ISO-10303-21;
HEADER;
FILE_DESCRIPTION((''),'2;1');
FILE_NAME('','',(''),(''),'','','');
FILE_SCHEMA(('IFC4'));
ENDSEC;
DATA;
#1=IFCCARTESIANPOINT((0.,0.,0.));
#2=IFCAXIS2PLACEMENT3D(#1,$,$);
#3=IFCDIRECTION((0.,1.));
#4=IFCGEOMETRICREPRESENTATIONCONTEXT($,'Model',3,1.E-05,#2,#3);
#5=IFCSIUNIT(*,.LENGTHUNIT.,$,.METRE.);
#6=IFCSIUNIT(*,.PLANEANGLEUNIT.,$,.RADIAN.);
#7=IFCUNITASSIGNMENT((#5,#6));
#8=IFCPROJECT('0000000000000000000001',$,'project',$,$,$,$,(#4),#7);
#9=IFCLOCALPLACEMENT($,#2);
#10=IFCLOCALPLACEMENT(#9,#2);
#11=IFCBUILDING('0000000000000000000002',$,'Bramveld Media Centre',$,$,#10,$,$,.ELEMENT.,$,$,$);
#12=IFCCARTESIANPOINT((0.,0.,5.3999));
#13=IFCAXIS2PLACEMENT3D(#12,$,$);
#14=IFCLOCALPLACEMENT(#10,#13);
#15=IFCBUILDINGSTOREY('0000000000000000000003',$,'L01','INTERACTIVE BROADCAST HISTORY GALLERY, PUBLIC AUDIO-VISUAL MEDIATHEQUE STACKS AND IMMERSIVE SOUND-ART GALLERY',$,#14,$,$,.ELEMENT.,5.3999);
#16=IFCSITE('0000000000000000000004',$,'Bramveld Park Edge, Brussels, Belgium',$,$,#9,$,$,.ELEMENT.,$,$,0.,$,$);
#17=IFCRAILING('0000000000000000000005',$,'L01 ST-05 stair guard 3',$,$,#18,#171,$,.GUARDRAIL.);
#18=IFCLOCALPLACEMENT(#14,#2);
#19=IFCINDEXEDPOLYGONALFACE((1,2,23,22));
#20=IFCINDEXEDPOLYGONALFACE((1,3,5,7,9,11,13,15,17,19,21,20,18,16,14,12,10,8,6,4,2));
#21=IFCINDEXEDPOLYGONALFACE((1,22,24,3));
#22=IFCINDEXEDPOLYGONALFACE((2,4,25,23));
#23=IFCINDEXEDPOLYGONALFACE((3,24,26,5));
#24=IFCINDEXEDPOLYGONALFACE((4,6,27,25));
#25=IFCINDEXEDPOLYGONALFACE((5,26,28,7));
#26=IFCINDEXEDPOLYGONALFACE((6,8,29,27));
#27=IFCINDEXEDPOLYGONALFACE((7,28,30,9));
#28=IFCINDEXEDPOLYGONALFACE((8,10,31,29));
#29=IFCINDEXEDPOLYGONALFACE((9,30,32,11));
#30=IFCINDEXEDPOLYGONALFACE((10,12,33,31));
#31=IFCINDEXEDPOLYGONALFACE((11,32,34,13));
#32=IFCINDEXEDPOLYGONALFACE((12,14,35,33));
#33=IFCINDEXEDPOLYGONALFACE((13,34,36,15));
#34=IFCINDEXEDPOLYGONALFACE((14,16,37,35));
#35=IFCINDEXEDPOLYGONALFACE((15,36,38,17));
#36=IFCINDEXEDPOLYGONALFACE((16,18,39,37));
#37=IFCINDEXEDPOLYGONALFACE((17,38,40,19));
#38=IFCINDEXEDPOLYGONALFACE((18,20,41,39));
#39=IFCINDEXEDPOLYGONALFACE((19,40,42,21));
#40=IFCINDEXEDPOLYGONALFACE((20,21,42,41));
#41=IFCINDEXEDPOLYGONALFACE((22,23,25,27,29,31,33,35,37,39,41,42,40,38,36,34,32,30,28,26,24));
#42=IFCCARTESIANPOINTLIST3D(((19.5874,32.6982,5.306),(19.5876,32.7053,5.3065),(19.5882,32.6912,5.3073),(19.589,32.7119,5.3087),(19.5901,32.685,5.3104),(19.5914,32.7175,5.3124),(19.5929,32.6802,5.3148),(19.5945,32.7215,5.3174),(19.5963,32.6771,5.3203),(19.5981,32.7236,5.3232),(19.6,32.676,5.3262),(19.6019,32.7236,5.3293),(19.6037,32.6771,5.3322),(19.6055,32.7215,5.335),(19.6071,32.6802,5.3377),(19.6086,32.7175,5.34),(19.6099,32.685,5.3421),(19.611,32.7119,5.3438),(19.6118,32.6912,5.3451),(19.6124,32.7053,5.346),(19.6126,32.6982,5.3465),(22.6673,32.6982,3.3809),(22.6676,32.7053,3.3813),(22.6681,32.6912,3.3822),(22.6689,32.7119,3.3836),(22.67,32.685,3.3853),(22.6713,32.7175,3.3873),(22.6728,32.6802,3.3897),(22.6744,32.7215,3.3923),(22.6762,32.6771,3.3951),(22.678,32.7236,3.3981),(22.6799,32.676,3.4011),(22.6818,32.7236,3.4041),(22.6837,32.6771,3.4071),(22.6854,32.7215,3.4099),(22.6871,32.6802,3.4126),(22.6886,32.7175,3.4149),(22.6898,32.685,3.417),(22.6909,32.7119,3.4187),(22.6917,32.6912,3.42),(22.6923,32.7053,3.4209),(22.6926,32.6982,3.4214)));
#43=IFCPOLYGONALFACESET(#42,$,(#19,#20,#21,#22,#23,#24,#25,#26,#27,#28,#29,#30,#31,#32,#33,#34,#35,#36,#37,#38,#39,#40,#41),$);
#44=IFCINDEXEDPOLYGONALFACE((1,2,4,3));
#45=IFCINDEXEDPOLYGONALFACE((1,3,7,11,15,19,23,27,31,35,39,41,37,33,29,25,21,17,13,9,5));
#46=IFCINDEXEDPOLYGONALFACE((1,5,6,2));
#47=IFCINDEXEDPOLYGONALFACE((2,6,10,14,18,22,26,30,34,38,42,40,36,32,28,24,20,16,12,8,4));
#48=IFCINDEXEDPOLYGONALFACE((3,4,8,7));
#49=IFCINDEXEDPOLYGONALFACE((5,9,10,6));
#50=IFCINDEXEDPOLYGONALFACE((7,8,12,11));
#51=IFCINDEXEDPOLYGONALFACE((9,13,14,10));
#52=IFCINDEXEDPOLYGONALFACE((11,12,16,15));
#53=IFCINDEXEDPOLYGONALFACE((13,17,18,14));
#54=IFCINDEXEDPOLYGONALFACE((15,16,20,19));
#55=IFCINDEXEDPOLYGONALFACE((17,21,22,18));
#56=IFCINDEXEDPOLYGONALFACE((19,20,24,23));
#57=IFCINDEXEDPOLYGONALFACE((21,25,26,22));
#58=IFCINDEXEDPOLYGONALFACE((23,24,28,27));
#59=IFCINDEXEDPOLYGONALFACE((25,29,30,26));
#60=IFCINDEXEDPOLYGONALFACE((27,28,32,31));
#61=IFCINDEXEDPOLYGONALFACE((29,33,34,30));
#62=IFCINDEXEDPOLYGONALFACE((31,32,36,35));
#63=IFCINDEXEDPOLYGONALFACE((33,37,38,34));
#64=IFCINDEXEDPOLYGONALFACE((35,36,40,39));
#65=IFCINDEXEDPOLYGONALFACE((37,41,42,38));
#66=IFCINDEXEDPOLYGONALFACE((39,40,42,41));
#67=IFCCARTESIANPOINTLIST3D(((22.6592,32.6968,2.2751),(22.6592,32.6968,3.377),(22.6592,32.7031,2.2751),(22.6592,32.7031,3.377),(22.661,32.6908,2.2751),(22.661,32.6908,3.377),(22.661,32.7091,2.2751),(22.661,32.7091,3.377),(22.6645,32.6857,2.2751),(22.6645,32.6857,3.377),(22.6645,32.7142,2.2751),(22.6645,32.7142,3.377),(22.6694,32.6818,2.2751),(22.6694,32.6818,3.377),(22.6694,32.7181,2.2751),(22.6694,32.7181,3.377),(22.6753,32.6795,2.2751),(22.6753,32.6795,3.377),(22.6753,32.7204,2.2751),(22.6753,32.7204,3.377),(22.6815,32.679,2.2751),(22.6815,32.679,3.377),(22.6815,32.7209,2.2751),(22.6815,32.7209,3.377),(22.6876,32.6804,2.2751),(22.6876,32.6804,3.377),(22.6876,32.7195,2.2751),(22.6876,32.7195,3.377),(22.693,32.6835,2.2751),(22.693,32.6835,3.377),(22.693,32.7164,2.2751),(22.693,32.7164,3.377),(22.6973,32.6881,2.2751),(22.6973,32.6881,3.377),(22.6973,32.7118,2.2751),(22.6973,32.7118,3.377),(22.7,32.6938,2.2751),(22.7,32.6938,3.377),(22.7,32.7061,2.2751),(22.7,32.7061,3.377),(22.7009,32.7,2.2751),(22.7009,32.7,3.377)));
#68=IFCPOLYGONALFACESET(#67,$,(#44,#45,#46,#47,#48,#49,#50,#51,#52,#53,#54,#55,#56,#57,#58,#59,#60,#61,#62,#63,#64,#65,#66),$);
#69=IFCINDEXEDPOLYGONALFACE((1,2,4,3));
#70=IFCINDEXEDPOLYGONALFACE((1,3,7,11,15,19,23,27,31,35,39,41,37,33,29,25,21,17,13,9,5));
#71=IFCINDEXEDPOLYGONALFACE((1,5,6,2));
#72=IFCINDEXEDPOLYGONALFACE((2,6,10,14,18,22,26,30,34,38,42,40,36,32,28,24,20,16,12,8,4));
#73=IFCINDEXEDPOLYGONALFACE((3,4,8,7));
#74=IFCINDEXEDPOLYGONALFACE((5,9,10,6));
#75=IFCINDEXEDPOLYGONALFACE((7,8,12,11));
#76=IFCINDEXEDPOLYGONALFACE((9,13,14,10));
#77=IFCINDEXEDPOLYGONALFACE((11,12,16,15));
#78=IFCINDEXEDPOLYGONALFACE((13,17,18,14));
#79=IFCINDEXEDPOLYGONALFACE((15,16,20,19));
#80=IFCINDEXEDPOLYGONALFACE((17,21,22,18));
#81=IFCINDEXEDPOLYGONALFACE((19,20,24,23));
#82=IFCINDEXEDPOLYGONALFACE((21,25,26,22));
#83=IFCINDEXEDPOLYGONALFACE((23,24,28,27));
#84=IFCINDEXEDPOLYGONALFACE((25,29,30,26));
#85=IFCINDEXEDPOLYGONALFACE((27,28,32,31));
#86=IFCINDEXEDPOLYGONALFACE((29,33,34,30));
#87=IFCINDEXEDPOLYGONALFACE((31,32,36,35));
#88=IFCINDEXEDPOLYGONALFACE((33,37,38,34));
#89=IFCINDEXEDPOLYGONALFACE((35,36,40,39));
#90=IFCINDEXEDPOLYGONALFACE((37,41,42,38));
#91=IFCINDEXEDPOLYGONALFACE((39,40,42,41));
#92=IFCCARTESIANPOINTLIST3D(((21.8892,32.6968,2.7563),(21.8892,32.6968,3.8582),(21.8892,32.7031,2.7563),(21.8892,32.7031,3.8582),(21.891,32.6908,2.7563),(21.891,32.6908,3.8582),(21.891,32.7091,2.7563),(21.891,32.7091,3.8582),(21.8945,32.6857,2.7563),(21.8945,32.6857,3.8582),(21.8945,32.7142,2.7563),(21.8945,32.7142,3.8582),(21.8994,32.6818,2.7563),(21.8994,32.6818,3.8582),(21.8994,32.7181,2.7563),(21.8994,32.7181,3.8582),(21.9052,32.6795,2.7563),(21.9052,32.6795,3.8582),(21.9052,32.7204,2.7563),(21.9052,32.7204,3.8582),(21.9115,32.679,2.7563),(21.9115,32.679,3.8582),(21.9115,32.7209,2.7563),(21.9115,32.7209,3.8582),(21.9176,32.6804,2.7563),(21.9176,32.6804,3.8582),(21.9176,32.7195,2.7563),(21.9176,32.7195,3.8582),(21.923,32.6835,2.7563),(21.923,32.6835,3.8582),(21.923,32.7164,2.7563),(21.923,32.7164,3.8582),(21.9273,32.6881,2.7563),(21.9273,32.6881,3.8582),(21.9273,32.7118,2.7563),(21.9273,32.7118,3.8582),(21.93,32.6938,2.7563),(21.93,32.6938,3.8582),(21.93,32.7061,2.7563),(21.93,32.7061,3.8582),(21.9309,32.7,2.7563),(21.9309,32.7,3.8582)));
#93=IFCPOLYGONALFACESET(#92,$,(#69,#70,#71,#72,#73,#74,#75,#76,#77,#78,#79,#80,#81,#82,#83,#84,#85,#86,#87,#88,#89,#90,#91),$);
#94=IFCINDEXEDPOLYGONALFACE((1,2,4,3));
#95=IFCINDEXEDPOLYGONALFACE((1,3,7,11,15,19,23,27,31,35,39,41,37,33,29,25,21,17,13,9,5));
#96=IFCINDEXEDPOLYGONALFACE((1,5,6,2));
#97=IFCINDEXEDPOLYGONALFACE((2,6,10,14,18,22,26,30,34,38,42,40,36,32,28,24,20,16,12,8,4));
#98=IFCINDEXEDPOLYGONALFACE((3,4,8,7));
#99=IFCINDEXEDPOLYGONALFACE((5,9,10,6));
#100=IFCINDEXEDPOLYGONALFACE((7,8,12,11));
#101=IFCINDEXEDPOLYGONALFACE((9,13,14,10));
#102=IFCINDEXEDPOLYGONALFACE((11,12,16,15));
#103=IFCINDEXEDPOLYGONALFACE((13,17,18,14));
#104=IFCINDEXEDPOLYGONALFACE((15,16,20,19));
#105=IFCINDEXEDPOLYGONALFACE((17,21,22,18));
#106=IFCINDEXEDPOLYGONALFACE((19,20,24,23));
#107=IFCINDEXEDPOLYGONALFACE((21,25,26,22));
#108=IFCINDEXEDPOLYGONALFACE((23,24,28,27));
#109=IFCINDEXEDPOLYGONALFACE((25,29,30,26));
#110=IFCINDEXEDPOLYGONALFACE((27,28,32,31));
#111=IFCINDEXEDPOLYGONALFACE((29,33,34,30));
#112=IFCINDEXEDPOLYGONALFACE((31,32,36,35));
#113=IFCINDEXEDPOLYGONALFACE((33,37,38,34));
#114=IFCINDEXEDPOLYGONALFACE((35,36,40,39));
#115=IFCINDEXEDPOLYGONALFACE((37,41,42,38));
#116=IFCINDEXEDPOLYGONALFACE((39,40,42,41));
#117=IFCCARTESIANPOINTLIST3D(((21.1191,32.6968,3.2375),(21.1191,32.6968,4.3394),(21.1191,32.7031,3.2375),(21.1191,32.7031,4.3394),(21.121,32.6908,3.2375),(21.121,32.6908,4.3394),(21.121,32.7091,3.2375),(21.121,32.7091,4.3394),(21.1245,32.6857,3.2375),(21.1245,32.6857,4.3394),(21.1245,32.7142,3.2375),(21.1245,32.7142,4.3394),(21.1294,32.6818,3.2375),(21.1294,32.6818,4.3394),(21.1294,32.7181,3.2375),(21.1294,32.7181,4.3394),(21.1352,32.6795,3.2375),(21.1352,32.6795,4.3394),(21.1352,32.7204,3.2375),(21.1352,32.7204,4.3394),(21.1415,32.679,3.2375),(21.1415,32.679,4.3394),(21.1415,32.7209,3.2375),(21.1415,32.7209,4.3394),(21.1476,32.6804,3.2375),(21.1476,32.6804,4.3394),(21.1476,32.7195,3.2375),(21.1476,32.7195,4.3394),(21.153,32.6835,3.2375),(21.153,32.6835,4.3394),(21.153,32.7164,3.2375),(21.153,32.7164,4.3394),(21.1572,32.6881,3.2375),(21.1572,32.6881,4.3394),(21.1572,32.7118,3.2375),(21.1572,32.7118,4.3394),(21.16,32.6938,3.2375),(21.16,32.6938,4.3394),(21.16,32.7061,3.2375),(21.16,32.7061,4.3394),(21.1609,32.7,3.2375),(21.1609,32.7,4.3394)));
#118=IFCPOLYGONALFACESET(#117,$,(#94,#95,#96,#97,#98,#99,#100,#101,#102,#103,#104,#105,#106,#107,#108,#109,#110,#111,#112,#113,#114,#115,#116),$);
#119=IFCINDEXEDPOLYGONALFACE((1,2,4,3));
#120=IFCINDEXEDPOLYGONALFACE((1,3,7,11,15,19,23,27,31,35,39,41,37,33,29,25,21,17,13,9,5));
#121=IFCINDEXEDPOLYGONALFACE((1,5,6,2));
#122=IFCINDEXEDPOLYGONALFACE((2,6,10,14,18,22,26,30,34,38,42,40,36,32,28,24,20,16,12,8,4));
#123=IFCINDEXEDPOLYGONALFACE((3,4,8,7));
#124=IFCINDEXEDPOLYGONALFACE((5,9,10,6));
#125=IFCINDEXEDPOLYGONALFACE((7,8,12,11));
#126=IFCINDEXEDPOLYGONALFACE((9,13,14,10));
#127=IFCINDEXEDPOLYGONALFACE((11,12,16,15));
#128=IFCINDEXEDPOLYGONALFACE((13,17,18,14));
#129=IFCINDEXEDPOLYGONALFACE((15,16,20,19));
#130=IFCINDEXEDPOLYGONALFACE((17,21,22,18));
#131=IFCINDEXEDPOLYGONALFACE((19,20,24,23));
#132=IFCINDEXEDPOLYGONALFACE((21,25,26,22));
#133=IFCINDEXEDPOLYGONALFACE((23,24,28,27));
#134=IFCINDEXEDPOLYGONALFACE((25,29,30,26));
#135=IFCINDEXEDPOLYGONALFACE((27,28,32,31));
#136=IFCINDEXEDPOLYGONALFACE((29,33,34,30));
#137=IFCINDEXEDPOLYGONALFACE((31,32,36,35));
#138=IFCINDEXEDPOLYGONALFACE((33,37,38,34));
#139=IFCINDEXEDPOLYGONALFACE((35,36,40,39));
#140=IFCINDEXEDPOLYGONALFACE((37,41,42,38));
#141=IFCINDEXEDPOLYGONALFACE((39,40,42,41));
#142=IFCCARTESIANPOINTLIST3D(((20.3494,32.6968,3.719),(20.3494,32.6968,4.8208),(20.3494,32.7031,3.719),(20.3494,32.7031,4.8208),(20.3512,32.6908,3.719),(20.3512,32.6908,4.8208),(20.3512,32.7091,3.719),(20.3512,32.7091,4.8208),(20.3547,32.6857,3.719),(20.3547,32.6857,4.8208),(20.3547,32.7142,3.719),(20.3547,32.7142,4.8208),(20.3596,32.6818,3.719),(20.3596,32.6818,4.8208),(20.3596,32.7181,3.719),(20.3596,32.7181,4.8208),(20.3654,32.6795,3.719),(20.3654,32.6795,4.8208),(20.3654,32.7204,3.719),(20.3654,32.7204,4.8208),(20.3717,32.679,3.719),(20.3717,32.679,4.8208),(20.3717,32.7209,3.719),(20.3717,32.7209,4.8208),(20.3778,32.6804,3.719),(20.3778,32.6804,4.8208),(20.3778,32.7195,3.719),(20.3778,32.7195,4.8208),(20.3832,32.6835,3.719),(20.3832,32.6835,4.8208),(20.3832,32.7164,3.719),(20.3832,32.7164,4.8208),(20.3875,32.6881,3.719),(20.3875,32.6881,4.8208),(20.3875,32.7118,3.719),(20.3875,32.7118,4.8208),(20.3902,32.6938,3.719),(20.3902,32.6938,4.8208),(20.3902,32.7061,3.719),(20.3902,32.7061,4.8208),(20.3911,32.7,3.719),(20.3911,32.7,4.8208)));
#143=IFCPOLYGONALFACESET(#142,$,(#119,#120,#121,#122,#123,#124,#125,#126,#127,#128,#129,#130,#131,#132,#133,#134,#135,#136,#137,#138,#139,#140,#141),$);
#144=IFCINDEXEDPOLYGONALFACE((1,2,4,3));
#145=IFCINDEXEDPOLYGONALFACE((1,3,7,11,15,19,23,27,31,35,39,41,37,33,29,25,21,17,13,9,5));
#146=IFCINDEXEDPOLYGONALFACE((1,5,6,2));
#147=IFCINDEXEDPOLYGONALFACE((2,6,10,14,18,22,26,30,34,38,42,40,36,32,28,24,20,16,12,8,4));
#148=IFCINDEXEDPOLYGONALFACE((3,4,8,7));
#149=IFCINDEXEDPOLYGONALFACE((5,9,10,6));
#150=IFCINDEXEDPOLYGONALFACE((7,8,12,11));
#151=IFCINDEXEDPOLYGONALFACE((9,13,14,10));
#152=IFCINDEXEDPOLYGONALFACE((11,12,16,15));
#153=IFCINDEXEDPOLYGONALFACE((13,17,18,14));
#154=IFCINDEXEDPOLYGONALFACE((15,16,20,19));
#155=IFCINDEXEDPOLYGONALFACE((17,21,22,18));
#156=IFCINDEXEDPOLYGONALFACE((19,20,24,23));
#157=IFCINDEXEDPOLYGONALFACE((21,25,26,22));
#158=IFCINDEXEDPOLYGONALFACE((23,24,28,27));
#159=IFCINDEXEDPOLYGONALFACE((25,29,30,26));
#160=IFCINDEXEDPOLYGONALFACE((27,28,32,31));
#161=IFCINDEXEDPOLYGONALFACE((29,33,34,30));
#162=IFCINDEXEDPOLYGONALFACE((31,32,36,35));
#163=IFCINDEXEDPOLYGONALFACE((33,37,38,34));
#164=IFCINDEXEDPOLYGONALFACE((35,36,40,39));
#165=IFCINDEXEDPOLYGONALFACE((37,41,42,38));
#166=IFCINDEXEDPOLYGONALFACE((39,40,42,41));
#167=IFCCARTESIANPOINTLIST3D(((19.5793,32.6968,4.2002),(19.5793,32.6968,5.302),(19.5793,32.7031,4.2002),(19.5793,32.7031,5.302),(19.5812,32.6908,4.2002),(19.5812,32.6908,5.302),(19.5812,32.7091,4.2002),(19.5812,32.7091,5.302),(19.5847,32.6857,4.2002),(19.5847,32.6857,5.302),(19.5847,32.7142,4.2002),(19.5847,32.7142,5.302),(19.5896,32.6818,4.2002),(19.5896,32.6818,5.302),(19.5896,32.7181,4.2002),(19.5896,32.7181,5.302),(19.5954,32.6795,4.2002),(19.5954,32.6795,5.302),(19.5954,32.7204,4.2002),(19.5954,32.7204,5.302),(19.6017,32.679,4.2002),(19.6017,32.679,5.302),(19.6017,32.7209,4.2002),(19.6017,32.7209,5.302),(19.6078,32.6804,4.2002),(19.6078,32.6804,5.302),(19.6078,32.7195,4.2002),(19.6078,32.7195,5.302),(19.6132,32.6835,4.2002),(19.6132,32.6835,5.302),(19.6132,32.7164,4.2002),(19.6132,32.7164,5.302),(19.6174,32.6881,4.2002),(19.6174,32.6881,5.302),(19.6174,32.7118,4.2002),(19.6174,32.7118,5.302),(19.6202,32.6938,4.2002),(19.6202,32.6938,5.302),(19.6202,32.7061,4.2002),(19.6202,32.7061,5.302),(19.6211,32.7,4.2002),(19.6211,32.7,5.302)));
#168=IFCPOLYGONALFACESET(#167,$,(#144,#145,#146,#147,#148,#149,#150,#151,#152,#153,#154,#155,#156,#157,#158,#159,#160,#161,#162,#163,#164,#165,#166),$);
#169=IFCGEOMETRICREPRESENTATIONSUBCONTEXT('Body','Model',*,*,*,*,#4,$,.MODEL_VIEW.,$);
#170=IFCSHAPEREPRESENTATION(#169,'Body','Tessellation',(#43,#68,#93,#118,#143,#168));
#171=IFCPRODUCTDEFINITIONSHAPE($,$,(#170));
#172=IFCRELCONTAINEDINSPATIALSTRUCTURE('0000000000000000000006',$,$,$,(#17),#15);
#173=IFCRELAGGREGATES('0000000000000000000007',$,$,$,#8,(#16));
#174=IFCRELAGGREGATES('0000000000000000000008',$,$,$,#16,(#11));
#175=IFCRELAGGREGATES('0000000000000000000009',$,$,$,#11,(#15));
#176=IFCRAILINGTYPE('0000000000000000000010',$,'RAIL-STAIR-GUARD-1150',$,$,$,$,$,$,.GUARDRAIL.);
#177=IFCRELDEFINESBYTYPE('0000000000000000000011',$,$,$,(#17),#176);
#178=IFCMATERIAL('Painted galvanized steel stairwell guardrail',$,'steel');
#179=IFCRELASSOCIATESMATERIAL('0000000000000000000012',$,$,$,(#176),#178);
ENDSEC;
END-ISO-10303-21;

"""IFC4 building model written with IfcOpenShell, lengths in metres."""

from ifc_helpers import new_model, si_unit, direction, frame, origin, origin_2d, place, context, subcontext, project, spatial, circle, extrude, material, type_object, element, save


model = new_model("IFC4")

# Units and contexts
model_context = context("Model", 3, precision=1e-05, world=origin(), true_north=direction((0.0, 1.0)))
body_context = subcontext(model_context, "Body", "Model", "MODEL_VIEW")
ifc_project = project(units=[si_unit("LENGTHUNIT", "METRE"), si_unit("PLANEANGLEUNIT", "RADIAN")], contexts=[model_context])

# Site, building, storey
site_placement = place(None, origin())
site = spatial("IfcSite", under=ifc_project, at=site_placement, Name="Bramveld Park Edge, Brussels, Belgium", CompositionType="ELEMENT", RefElevation=0.0)
building_placement = place(site_placement, origin())
building = spatial("IfcBuilding", under=site, at=building_placement, Name="Bramveld Media Centre", CompositionType="ELEMENT")
storey_placement = place(building_placement, frame((0.0, 0.0, 5.3999)))
storey = spatial("IfcBuildingStorey", under=building, at=storey_placement, Name="L01", Description="INTERACTIVE BROADCAST HISTORY GALLERY, PUBLIC AUDIO-VISUAL MEDIATHEQUE STACKS AND IMMERSIVE SOUND-ART GALLERY", CompositionType="ELEMENT", Elevation=5.3999)

# Railing
ifc_material_1 = material(Name="Painted galvanized steel stairwell guardrail", Category="steel")
railing_type_1 = type_object("IfcRailingType", Name="RAIL-STAIR-GUARD-1150", PredefinedType="GUARDRAIL", material=ifc_material_1)
railing_1_placement = place(storey_placement, frame((22.6799, 32.7, 2.2751)))
element("IfcRailing", 1, at=railing_1_placement, inside=storey, type_object=railing_type_1, Name="L01 ST-05 stair guard 3", PredefinedType="GUARDRAIL", context=body_context, shape_type="SweptSolid", body=[
    extrude(circle(Radius=0.0239, at=origin_2d()), frame((0.0, 0.0, 1.126), z_axis=(-0.847979, 0.0, 0.530029), x_axis=(0.0, -1.0, 0.0)), (0.0, 0.0, 1.0), 3.6321),
    extrude(circle(Radius=0.021, at=origin_2d()), origin(), (0.0, 0.0, 1.0), 1.1018),
    extrude(circle(Radius=0.021, at=origin_2d()), frame((-0.77, 0.0, 0.4812)), (0.0, 0.0, 1.0), 1.1018),
    extrude(circle(Radius=0.021, at=origin_2d()), frame((-1.54, 0.0, 0.9624)), (0.0, 0.0, 1.0), 1.1018),
    extrude(circle(Radius=0.021, at=origin_2d()), frame((-2.3098, 0.0, 1.4438)), (0.0, 0.0, 1.0), 1.1018),
    extrude(circle(Radius=0.021, at=origin_2d()), frame((-3.0798, 0.0, 1.925)), (0.0, 0.0, 1.0), 1.1018),
])

save(model, "model.ifc")
